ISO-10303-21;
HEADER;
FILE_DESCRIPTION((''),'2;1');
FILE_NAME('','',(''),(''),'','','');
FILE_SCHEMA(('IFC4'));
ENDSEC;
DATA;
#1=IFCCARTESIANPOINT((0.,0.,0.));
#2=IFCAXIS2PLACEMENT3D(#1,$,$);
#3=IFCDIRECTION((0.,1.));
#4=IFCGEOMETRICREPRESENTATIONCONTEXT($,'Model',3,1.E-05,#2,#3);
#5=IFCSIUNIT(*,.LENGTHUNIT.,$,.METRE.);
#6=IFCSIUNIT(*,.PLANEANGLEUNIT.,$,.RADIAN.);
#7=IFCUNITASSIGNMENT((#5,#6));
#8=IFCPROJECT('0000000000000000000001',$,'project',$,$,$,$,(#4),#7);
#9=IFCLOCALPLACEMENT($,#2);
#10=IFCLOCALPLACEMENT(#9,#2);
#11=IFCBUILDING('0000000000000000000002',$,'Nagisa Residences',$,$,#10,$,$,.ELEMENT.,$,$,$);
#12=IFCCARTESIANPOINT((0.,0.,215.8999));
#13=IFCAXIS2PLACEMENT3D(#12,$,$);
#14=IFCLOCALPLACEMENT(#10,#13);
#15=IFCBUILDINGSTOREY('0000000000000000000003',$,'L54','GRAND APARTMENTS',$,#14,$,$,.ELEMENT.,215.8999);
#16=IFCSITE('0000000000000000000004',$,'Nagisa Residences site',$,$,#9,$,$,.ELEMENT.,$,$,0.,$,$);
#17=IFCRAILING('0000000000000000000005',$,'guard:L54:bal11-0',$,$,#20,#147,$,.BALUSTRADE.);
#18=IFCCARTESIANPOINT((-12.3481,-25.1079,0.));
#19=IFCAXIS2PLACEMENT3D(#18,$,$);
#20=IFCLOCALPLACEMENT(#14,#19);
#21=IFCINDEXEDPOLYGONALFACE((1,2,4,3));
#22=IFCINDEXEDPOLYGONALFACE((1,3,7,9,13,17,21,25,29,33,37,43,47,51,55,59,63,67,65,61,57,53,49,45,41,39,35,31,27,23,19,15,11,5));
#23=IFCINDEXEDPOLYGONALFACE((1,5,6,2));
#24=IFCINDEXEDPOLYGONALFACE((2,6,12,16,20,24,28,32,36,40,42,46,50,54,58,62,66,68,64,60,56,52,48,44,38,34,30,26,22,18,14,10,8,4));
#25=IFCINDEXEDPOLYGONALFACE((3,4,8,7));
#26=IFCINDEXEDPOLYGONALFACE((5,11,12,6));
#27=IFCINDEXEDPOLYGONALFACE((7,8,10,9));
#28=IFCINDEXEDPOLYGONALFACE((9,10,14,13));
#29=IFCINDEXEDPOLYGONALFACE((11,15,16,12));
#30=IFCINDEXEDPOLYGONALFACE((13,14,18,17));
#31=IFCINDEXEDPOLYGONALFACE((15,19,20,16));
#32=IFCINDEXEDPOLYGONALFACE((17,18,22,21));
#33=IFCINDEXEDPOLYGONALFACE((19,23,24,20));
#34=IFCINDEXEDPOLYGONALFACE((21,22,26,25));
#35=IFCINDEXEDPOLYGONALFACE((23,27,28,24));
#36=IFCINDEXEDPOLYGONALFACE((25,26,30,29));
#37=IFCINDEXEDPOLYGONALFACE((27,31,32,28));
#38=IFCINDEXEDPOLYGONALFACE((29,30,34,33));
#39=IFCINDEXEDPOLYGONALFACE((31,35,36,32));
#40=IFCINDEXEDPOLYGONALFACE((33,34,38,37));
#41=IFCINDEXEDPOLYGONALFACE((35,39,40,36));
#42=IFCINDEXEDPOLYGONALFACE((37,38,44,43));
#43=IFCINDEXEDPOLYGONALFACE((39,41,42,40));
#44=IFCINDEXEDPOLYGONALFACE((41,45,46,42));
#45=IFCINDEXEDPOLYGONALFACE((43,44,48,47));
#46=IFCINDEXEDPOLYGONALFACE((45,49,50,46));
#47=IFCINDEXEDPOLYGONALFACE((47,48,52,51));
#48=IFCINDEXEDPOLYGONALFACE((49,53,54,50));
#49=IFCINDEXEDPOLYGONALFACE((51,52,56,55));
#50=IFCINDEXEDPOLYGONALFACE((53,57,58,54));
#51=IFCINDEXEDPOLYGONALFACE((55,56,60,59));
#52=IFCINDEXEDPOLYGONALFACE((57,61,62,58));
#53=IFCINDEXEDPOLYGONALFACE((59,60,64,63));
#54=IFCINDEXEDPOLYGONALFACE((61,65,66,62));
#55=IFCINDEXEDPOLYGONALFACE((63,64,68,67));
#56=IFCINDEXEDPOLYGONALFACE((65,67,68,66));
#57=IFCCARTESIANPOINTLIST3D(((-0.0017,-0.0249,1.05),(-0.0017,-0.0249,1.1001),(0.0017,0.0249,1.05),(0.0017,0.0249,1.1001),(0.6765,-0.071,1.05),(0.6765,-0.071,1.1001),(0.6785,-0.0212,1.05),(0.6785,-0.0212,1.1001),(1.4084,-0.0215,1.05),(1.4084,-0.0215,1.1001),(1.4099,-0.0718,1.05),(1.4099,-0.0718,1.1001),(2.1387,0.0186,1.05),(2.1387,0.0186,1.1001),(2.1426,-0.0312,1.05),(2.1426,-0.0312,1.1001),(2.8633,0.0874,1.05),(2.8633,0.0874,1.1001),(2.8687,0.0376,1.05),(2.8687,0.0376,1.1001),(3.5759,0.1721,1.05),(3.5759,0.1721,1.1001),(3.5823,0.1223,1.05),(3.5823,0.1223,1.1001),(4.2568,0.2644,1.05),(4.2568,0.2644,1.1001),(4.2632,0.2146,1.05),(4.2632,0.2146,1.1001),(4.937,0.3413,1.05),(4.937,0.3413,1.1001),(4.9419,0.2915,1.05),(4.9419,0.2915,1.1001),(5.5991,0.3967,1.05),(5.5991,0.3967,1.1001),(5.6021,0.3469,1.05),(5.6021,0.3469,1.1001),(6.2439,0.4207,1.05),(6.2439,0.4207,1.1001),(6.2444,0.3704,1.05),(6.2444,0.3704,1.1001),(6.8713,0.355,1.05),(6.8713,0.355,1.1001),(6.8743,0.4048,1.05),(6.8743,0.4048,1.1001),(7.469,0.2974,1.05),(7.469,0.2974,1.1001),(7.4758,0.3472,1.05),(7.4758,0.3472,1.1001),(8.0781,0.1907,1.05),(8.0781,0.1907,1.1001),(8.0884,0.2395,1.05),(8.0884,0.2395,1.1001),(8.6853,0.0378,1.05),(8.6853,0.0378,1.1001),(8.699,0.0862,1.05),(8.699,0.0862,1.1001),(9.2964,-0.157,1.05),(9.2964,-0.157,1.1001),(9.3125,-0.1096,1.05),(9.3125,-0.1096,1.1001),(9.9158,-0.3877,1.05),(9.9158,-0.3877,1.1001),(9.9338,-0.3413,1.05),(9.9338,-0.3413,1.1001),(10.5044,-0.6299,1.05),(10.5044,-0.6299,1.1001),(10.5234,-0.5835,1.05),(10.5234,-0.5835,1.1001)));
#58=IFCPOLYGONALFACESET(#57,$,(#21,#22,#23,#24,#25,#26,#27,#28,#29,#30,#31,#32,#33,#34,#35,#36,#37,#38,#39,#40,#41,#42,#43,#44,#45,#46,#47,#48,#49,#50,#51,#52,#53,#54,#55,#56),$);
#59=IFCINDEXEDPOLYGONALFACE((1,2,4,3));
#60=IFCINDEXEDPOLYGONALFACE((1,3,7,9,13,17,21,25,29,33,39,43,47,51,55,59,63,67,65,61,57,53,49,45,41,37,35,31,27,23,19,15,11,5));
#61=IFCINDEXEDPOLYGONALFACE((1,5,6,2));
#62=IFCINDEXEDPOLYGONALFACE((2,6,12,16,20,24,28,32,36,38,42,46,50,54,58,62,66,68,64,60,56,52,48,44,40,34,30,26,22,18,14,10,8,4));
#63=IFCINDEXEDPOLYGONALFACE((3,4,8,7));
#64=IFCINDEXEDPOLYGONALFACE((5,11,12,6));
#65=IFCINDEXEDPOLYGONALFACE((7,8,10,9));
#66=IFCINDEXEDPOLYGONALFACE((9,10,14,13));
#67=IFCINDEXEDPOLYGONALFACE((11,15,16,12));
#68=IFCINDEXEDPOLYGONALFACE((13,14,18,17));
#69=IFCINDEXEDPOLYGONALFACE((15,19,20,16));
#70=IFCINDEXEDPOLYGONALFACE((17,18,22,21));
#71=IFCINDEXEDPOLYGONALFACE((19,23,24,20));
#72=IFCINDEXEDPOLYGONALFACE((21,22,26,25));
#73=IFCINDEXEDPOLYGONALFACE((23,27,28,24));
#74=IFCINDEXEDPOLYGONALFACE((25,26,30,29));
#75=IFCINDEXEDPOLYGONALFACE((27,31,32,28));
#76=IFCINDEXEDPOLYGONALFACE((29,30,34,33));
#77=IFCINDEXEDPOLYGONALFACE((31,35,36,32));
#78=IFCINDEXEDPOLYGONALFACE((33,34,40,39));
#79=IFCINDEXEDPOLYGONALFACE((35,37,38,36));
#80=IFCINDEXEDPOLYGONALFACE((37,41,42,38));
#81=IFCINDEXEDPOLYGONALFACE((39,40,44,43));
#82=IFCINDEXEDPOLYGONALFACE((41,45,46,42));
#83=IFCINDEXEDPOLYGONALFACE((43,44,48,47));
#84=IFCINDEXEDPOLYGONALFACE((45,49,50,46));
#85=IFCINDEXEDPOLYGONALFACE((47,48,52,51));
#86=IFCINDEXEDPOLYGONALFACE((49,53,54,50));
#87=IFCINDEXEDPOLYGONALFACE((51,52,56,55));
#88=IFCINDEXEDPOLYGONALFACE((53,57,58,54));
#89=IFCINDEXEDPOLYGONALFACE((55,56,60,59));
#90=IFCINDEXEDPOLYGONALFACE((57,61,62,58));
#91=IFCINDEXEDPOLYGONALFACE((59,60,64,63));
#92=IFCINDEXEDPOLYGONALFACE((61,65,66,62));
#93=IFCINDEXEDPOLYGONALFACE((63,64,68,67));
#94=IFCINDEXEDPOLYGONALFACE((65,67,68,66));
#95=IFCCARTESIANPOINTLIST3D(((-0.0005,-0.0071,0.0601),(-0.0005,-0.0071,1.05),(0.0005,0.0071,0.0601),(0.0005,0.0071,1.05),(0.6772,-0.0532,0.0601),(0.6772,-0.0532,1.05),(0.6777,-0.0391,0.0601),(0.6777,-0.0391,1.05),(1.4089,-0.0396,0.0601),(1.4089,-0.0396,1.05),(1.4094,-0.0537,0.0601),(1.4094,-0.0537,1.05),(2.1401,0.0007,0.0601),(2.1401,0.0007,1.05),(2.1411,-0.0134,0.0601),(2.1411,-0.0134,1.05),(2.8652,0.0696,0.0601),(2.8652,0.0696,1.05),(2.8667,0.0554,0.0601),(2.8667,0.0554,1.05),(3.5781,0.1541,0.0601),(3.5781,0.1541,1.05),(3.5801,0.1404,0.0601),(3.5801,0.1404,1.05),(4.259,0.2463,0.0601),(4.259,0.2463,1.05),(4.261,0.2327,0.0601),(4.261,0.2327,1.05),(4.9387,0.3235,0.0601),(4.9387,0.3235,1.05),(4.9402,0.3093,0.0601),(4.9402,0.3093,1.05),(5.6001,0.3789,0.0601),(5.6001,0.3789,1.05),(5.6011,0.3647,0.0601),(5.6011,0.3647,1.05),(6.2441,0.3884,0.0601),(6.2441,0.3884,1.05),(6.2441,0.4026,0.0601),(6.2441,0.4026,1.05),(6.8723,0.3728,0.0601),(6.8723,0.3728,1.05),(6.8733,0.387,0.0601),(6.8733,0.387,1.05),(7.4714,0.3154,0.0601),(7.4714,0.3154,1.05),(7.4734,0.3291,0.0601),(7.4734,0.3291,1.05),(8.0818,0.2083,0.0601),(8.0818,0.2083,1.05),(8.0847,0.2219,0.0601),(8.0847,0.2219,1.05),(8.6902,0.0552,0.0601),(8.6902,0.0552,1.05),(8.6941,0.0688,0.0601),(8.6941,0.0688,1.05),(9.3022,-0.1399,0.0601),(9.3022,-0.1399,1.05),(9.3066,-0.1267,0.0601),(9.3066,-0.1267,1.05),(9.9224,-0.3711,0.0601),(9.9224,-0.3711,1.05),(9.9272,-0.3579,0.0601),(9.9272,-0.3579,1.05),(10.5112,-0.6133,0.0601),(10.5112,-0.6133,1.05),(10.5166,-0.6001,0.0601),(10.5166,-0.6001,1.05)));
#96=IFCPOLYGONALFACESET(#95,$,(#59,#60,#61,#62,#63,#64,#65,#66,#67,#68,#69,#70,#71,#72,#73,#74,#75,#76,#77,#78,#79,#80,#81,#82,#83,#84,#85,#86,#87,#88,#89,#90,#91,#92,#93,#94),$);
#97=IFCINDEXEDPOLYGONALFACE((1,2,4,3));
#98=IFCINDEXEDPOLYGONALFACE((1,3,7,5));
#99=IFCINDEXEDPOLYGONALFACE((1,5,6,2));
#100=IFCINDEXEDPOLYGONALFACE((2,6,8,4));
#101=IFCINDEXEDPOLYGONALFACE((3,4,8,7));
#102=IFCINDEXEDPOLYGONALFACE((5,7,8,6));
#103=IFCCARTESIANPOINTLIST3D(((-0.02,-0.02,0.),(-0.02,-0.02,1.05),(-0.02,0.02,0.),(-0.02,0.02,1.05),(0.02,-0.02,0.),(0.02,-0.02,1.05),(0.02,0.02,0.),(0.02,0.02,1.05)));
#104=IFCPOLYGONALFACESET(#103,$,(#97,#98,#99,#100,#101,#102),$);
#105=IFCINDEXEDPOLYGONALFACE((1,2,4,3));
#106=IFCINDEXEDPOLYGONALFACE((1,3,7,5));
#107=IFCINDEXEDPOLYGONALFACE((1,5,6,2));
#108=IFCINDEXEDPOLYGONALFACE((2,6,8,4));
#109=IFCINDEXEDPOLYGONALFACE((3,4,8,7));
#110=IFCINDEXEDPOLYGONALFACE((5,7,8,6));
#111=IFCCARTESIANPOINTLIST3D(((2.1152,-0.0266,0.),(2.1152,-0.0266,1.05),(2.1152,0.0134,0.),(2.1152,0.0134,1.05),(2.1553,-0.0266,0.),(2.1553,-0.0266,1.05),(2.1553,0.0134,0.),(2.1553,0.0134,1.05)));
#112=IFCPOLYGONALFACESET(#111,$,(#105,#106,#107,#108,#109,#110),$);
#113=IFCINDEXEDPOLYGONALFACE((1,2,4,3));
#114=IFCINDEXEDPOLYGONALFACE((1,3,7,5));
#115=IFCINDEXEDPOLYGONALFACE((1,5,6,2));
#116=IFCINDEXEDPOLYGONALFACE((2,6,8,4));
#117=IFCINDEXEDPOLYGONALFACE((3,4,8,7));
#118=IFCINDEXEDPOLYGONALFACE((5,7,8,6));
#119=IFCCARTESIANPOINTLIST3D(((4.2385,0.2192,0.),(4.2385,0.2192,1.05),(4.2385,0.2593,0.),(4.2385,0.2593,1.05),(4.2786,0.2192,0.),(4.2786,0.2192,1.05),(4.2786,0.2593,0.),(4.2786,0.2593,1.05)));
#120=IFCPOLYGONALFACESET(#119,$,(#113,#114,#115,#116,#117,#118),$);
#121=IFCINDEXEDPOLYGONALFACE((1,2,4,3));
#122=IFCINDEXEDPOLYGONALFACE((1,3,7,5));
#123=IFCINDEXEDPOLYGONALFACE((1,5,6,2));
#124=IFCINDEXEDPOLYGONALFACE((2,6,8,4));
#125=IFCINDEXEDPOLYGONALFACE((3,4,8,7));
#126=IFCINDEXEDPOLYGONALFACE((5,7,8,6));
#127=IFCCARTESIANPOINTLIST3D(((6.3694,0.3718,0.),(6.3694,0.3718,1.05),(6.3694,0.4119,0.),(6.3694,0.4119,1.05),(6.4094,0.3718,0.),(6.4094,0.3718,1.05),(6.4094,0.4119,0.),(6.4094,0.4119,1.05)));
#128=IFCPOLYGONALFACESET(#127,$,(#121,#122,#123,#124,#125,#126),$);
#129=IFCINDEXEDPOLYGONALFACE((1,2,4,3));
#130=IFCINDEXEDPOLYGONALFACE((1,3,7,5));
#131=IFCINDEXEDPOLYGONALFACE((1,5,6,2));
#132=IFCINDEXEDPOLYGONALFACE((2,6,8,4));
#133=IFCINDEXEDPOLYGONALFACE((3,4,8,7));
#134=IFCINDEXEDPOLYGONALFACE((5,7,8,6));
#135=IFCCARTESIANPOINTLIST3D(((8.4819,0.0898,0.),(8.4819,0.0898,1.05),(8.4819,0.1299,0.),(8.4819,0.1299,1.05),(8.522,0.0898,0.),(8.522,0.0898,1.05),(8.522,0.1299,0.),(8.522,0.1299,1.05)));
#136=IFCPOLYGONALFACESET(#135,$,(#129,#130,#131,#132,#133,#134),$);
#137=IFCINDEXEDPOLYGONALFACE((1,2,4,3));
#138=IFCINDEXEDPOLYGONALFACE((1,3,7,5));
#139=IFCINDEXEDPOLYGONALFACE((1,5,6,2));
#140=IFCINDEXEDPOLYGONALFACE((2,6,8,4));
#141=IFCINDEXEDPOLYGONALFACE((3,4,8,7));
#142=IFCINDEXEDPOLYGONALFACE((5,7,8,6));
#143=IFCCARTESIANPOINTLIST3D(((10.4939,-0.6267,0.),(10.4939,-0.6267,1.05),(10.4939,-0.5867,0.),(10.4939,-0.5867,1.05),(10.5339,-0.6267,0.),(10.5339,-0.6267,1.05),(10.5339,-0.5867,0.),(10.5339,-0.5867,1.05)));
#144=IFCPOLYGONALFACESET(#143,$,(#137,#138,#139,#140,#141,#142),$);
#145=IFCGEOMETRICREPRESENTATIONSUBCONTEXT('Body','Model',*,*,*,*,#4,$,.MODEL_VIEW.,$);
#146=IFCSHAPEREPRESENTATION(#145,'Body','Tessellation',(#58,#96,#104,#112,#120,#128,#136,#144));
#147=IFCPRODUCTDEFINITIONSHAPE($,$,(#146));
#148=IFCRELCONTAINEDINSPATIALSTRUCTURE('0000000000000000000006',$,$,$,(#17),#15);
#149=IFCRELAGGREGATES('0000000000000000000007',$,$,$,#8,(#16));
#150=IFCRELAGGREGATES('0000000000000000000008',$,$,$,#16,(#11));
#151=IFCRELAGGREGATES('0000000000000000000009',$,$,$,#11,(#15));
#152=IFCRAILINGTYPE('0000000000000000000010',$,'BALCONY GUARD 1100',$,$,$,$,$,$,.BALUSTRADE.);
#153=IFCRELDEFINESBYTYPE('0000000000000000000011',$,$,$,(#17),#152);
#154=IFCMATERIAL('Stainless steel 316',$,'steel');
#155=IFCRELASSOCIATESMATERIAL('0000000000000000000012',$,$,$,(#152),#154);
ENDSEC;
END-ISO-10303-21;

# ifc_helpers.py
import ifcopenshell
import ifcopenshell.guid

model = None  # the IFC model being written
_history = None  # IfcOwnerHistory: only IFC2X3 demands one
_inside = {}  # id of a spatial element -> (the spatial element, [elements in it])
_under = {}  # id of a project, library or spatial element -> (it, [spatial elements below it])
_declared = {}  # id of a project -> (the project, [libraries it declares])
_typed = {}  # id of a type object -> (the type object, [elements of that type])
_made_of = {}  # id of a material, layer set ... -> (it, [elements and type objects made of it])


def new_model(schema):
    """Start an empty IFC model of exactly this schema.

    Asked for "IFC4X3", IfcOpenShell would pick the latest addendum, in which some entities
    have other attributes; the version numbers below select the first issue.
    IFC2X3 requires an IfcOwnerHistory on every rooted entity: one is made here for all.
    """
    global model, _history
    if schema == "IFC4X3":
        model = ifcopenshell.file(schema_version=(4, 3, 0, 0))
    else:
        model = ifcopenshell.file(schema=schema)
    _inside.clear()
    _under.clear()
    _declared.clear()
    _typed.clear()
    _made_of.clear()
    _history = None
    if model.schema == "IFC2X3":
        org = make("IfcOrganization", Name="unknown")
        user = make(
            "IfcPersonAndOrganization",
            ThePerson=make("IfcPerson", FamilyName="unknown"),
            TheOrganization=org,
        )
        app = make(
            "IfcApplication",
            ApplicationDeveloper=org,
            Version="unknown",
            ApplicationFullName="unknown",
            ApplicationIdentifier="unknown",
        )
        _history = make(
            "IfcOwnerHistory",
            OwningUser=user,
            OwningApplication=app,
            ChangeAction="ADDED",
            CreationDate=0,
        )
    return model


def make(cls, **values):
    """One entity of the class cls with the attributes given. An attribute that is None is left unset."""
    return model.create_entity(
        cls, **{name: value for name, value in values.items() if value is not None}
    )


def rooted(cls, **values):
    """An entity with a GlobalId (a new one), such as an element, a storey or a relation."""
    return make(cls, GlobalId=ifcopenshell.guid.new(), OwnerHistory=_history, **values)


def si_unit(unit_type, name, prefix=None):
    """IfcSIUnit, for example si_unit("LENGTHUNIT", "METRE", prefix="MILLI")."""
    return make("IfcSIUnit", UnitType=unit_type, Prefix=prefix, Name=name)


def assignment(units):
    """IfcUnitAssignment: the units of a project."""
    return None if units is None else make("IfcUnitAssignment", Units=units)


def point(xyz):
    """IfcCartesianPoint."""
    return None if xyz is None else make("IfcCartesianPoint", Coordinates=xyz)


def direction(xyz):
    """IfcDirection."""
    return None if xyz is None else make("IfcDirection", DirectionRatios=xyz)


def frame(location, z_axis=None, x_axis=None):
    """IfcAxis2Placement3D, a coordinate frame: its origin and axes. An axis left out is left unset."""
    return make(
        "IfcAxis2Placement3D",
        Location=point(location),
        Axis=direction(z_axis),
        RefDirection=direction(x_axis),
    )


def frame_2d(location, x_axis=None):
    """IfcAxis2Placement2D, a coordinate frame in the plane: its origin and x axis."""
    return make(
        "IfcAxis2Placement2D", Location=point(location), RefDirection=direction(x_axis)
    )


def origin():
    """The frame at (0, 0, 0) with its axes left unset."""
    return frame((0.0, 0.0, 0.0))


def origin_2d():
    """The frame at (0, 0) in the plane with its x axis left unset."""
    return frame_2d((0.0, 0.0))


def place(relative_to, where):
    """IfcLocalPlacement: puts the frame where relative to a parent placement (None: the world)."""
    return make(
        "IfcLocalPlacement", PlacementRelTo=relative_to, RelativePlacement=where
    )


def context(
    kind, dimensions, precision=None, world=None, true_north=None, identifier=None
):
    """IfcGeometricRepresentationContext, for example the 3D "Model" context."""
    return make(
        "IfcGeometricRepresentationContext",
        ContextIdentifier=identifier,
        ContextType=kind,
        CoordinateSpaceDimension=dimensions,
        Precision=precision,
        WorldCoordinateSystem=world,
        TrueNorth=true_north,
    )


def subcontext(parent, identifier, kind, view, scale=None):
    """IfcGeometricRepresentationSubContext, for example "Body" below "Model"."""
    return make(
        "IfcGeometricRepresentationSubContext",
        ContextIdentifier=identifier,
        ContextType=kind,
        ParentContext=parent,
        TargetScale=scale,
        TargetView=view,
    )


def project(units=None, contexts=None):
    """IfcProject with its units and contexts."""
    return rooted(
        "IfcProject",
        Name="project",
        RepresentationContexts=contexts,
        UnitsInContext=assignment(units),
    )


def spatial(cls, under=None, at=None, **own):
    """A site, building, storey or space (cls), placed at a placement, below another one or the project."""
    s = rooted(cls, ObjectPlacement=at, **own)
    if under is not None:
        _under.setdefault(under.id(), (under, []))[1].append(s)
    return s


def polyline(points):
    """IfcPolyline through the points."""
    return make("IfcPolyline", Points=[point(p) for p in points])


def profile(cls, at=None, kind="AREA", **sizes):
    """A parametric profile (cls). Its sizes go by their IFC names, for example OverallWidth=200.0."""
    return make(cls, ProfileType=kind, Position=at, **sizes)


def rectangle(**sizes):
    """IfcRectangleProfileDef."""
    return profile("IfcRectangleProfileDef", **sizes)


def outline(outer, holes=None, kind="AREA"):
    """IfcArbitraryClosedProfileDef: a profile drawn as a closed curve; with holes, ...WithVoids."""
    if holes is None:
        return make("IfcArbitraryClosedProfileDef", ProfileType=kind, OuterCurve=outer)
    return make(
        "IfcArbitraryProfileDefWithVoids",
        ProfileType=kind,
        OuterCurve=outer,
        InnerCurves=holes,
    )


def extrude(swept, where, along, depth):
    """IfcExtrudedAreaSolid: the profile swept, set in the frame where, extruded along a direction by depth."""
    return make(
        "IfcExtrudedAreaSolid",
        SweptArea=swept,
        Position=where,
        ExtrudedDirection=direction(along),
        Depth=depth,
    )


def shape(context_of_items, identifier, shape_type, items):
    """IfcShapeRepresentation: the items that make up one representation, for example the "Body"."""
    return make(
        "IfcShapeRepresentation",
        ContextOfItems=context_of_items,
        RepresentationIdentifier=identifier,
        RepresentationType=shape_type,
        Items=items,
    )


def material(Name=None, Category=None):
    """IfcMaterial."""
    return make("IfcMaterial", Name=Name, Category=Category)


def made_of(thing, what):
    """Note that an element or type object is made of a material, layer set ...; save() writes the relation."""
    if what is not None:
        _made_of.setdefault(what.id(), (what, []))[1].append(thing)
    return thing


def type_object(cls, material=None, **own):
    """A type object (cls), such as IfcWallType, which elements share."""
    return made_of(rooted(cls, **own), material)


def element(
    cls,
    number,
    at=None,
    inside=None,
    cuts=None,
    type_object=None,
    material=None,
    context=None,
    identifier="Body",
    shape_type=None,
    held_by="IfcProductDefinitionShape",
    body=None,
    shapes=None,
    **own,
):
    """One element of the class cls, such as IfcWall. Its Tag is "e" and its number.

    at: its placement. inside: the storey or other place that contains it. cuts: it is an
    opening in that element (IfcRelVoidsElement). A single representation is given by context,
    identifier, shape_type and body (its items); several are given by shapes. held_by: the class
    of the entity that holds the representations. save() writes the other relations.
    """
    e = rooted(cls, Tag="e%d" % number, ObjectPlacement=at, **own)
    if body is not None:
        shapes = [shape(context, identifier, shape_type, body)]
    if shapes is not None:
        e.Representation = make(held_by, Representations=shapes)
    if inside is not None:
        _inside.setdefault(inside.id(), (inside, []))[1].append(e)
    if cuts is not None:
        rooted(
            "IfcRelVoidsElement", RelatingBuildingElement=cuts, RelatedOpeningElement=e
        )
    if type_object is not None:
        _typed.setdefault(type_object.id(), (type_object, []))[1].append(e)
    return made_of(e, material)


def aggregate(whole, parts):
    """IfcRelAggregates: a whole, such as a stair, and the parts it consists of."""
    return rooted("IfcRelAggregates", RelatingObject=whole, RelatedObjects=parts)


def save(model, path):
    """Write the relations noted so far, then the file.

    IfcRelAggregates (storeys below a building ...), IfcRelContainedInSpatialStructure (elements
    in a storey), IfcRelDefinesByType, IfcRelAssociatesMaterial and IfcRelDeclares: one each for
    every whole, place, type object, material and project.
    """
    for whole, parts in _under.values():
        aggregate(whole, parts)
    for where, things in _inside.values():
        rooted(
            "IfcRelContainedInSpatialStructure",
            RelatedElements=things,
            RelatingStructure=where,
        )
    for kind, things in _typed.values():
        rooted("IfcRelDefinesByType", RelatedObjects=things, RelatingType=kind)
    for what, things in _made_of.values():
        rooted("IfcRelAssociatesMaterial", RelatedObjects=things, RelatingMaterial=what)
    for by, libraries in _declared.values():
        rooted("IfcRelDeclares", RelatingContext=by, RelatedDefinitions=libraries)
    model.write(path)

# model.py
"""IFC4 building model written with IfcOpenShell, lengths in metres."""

from ifc_helpers import new_model, si_unit, direction, frame, origin, origin_2d, place, context, subcontext, project, spatial, polyline, rectangle, outline, extrude, material, type_object, element, save


model = new_model("IFC4")

# Units and contexts
model_context = context("Model", 3, precision=1e-05, world=origin(), true_north=direction((0.0, 1.0)))
body_context = subcontext(model_context, "Body", "Model", "MODEL_VIEW")
ifc_project = project(units=[si_unit("LENGTHUNIT", "METRE"), si_unit("PLANEANGLEUNIT", "RADIAN")], contexts=[model_context])

# Site, building, storey
site_placement = place(None, origin())
site = spatial("IfcSite", under=ifc_project, at=site_placement, Name="Nagisa Residences site", CompositionType="ELEMENT", RefElevation=0.0)
building_placement = place(site_placement, origin())
building = spatial("IfcBuilding", under=site, at=building_placement, Name="Nagisa Residences", CompositionType="ELEMENT")
storey_placement = place(building_placement, frame((0.0, 0.0, 215.8999)))
storey = spatial("IfcBuildingStorey", under=building, at=storey_placement, Name="L54", Description="GRAND APARTMENTS", CompositionType="ELEMENT", Elevation=215.8999)

# Railing
ifc_material_1 = material(Name="Stainless steel 316", Category="steel")
railing_type = type_object("IfcRailingType", Name="BALCONY GUARD 1100", PredefinedType="BALUSTRADE", material=ifc_material_1)
railing_1_placement = place(storey_placement, frame((-12.3481, -25.1079, 0.0)))
element("IfcRailing", 1, at=railing_1_placement, inside=storey, type_object=railing_type, Name="guard:L54:bal11-0", PredefinedType="BALUSTRADE", context=body_context, shape_type="SweptSolid", body=[
    extrude(outline(polyline([(0.6785, -0.0212), (0.0017, 0.0249), (-0.0017, -0.0249), (0.6765, -0.071), (1.4099, -0.0718), (2.1426, -0.0312), (2.8687, 0.0376), (3.5823, 0.1223), (4.2632, 0.2146), (4.9419, 0.2915), (5.6021, 0.3469), (6.2444, 0.3704), (6.8713, 0.355), (7.469, 0.2974), (8.0781, 0.1907), (8.6853, 0.0378), (9.2964, -0.157), (9.9158, -0.3877), (10.5044, -0.6299), (10.5234, -0.5835), (9.9338, -0.3413), (9.3125, -0.1096), (8.699, 0.0862), (8.0884, 0.2395), (7.4758, 0.3472), (6.8743, 0.4048), (6.2439, 0.4207), (5.5991, 0.3967), (4.937, 0.3413), (4.2568, 0.2644), (3.5759, 0.1721), (2.8633, 0.0874), (2.1387, 0.0186), (1.4084, -0.0215), (0.6785, -0.0212)])), frame((0.0, 0.0, 1.05)), (0.0, 0.0, 1.0), 0.05),
    extrude(outline(polyline([(0.6777, -0.0391), (0.0005, 0.0071), (-0.0005, -0.0071), (0.6772, -0.0532), (1.4094, -0.0537), (2.1411, -0.0134), (2.8667, 0.0554), (3.5801, 0.1404), (4.261, 0.2327), (4.9402, 0.3093), (5.6011, 0.3647), (6.2441, 0.3884), (6.8723, 0.3728), (7.4714, 0.3154), (8.0818, 0.2083), (8.6902, 0.0552), (9.3022, -0.1399), (9.9224, -0.3711), (10.5112, -0.6133), (10.5166, -0.6001), (9.9272, -0.3579), (9.3066, -0.1267), (8.6941, 0.0688), (8.0847, 0.2219), (7.4734, 0.3291), (6.8733, 0.387), (6.2441, 0.4026), (5.6001, 0.3789), (4.9387, 0.3235), (4.259, 0.2463), (3.5781, 0.1541), (2.8652, 0.0696), (2.1401, 0.0007), (1.4089, -0.0396), (0.6777, -0.0391)])), frame((0.0, 0.0, 0.0601)), (0.0, 0.0, 1.0), 0.99),
    extrude(rectangle(XDim=0.04, YDim=0.04, at=origin_2d()), origin(), (0.0, 0.0, 1.0), 1.05),
    extrude(rectangle(XDim=0.04, YDim=0.04, at=origin_2d()), frame((2.1353, -0.0066, 0.0)), (0.0, 0.0, 1.0), 1.05),
    extrude(rectangle(XDim=0.04, YDim=0.04, at=origin_2d()), frame((4.2585, 0.2393, 0.0)), (0.0, 0.0, 1.0), 1.05),
    extrude(rectangle(XDim=0.04, YDim=0.04, at=origin_2d()), frame((6.3894, 0.3918, 0.0)), (0.0, 0.0, 1.0), 1.05),
    extrude(rectangle(XDim=0.04, YDim=0.04, at=origin_2d()), frame((8.502, 0.1099, 0.0)), (0.0, 0.0, 1.0), 1.05),
    extrude(rectangle(XDim=0.04, YDim=0.04, at=origin_2d()), frame((10.5139, -0.6067, 0.0)), (0.0, 0.0, 1.0), 1.05),
])

save(model, "model.ifc")
